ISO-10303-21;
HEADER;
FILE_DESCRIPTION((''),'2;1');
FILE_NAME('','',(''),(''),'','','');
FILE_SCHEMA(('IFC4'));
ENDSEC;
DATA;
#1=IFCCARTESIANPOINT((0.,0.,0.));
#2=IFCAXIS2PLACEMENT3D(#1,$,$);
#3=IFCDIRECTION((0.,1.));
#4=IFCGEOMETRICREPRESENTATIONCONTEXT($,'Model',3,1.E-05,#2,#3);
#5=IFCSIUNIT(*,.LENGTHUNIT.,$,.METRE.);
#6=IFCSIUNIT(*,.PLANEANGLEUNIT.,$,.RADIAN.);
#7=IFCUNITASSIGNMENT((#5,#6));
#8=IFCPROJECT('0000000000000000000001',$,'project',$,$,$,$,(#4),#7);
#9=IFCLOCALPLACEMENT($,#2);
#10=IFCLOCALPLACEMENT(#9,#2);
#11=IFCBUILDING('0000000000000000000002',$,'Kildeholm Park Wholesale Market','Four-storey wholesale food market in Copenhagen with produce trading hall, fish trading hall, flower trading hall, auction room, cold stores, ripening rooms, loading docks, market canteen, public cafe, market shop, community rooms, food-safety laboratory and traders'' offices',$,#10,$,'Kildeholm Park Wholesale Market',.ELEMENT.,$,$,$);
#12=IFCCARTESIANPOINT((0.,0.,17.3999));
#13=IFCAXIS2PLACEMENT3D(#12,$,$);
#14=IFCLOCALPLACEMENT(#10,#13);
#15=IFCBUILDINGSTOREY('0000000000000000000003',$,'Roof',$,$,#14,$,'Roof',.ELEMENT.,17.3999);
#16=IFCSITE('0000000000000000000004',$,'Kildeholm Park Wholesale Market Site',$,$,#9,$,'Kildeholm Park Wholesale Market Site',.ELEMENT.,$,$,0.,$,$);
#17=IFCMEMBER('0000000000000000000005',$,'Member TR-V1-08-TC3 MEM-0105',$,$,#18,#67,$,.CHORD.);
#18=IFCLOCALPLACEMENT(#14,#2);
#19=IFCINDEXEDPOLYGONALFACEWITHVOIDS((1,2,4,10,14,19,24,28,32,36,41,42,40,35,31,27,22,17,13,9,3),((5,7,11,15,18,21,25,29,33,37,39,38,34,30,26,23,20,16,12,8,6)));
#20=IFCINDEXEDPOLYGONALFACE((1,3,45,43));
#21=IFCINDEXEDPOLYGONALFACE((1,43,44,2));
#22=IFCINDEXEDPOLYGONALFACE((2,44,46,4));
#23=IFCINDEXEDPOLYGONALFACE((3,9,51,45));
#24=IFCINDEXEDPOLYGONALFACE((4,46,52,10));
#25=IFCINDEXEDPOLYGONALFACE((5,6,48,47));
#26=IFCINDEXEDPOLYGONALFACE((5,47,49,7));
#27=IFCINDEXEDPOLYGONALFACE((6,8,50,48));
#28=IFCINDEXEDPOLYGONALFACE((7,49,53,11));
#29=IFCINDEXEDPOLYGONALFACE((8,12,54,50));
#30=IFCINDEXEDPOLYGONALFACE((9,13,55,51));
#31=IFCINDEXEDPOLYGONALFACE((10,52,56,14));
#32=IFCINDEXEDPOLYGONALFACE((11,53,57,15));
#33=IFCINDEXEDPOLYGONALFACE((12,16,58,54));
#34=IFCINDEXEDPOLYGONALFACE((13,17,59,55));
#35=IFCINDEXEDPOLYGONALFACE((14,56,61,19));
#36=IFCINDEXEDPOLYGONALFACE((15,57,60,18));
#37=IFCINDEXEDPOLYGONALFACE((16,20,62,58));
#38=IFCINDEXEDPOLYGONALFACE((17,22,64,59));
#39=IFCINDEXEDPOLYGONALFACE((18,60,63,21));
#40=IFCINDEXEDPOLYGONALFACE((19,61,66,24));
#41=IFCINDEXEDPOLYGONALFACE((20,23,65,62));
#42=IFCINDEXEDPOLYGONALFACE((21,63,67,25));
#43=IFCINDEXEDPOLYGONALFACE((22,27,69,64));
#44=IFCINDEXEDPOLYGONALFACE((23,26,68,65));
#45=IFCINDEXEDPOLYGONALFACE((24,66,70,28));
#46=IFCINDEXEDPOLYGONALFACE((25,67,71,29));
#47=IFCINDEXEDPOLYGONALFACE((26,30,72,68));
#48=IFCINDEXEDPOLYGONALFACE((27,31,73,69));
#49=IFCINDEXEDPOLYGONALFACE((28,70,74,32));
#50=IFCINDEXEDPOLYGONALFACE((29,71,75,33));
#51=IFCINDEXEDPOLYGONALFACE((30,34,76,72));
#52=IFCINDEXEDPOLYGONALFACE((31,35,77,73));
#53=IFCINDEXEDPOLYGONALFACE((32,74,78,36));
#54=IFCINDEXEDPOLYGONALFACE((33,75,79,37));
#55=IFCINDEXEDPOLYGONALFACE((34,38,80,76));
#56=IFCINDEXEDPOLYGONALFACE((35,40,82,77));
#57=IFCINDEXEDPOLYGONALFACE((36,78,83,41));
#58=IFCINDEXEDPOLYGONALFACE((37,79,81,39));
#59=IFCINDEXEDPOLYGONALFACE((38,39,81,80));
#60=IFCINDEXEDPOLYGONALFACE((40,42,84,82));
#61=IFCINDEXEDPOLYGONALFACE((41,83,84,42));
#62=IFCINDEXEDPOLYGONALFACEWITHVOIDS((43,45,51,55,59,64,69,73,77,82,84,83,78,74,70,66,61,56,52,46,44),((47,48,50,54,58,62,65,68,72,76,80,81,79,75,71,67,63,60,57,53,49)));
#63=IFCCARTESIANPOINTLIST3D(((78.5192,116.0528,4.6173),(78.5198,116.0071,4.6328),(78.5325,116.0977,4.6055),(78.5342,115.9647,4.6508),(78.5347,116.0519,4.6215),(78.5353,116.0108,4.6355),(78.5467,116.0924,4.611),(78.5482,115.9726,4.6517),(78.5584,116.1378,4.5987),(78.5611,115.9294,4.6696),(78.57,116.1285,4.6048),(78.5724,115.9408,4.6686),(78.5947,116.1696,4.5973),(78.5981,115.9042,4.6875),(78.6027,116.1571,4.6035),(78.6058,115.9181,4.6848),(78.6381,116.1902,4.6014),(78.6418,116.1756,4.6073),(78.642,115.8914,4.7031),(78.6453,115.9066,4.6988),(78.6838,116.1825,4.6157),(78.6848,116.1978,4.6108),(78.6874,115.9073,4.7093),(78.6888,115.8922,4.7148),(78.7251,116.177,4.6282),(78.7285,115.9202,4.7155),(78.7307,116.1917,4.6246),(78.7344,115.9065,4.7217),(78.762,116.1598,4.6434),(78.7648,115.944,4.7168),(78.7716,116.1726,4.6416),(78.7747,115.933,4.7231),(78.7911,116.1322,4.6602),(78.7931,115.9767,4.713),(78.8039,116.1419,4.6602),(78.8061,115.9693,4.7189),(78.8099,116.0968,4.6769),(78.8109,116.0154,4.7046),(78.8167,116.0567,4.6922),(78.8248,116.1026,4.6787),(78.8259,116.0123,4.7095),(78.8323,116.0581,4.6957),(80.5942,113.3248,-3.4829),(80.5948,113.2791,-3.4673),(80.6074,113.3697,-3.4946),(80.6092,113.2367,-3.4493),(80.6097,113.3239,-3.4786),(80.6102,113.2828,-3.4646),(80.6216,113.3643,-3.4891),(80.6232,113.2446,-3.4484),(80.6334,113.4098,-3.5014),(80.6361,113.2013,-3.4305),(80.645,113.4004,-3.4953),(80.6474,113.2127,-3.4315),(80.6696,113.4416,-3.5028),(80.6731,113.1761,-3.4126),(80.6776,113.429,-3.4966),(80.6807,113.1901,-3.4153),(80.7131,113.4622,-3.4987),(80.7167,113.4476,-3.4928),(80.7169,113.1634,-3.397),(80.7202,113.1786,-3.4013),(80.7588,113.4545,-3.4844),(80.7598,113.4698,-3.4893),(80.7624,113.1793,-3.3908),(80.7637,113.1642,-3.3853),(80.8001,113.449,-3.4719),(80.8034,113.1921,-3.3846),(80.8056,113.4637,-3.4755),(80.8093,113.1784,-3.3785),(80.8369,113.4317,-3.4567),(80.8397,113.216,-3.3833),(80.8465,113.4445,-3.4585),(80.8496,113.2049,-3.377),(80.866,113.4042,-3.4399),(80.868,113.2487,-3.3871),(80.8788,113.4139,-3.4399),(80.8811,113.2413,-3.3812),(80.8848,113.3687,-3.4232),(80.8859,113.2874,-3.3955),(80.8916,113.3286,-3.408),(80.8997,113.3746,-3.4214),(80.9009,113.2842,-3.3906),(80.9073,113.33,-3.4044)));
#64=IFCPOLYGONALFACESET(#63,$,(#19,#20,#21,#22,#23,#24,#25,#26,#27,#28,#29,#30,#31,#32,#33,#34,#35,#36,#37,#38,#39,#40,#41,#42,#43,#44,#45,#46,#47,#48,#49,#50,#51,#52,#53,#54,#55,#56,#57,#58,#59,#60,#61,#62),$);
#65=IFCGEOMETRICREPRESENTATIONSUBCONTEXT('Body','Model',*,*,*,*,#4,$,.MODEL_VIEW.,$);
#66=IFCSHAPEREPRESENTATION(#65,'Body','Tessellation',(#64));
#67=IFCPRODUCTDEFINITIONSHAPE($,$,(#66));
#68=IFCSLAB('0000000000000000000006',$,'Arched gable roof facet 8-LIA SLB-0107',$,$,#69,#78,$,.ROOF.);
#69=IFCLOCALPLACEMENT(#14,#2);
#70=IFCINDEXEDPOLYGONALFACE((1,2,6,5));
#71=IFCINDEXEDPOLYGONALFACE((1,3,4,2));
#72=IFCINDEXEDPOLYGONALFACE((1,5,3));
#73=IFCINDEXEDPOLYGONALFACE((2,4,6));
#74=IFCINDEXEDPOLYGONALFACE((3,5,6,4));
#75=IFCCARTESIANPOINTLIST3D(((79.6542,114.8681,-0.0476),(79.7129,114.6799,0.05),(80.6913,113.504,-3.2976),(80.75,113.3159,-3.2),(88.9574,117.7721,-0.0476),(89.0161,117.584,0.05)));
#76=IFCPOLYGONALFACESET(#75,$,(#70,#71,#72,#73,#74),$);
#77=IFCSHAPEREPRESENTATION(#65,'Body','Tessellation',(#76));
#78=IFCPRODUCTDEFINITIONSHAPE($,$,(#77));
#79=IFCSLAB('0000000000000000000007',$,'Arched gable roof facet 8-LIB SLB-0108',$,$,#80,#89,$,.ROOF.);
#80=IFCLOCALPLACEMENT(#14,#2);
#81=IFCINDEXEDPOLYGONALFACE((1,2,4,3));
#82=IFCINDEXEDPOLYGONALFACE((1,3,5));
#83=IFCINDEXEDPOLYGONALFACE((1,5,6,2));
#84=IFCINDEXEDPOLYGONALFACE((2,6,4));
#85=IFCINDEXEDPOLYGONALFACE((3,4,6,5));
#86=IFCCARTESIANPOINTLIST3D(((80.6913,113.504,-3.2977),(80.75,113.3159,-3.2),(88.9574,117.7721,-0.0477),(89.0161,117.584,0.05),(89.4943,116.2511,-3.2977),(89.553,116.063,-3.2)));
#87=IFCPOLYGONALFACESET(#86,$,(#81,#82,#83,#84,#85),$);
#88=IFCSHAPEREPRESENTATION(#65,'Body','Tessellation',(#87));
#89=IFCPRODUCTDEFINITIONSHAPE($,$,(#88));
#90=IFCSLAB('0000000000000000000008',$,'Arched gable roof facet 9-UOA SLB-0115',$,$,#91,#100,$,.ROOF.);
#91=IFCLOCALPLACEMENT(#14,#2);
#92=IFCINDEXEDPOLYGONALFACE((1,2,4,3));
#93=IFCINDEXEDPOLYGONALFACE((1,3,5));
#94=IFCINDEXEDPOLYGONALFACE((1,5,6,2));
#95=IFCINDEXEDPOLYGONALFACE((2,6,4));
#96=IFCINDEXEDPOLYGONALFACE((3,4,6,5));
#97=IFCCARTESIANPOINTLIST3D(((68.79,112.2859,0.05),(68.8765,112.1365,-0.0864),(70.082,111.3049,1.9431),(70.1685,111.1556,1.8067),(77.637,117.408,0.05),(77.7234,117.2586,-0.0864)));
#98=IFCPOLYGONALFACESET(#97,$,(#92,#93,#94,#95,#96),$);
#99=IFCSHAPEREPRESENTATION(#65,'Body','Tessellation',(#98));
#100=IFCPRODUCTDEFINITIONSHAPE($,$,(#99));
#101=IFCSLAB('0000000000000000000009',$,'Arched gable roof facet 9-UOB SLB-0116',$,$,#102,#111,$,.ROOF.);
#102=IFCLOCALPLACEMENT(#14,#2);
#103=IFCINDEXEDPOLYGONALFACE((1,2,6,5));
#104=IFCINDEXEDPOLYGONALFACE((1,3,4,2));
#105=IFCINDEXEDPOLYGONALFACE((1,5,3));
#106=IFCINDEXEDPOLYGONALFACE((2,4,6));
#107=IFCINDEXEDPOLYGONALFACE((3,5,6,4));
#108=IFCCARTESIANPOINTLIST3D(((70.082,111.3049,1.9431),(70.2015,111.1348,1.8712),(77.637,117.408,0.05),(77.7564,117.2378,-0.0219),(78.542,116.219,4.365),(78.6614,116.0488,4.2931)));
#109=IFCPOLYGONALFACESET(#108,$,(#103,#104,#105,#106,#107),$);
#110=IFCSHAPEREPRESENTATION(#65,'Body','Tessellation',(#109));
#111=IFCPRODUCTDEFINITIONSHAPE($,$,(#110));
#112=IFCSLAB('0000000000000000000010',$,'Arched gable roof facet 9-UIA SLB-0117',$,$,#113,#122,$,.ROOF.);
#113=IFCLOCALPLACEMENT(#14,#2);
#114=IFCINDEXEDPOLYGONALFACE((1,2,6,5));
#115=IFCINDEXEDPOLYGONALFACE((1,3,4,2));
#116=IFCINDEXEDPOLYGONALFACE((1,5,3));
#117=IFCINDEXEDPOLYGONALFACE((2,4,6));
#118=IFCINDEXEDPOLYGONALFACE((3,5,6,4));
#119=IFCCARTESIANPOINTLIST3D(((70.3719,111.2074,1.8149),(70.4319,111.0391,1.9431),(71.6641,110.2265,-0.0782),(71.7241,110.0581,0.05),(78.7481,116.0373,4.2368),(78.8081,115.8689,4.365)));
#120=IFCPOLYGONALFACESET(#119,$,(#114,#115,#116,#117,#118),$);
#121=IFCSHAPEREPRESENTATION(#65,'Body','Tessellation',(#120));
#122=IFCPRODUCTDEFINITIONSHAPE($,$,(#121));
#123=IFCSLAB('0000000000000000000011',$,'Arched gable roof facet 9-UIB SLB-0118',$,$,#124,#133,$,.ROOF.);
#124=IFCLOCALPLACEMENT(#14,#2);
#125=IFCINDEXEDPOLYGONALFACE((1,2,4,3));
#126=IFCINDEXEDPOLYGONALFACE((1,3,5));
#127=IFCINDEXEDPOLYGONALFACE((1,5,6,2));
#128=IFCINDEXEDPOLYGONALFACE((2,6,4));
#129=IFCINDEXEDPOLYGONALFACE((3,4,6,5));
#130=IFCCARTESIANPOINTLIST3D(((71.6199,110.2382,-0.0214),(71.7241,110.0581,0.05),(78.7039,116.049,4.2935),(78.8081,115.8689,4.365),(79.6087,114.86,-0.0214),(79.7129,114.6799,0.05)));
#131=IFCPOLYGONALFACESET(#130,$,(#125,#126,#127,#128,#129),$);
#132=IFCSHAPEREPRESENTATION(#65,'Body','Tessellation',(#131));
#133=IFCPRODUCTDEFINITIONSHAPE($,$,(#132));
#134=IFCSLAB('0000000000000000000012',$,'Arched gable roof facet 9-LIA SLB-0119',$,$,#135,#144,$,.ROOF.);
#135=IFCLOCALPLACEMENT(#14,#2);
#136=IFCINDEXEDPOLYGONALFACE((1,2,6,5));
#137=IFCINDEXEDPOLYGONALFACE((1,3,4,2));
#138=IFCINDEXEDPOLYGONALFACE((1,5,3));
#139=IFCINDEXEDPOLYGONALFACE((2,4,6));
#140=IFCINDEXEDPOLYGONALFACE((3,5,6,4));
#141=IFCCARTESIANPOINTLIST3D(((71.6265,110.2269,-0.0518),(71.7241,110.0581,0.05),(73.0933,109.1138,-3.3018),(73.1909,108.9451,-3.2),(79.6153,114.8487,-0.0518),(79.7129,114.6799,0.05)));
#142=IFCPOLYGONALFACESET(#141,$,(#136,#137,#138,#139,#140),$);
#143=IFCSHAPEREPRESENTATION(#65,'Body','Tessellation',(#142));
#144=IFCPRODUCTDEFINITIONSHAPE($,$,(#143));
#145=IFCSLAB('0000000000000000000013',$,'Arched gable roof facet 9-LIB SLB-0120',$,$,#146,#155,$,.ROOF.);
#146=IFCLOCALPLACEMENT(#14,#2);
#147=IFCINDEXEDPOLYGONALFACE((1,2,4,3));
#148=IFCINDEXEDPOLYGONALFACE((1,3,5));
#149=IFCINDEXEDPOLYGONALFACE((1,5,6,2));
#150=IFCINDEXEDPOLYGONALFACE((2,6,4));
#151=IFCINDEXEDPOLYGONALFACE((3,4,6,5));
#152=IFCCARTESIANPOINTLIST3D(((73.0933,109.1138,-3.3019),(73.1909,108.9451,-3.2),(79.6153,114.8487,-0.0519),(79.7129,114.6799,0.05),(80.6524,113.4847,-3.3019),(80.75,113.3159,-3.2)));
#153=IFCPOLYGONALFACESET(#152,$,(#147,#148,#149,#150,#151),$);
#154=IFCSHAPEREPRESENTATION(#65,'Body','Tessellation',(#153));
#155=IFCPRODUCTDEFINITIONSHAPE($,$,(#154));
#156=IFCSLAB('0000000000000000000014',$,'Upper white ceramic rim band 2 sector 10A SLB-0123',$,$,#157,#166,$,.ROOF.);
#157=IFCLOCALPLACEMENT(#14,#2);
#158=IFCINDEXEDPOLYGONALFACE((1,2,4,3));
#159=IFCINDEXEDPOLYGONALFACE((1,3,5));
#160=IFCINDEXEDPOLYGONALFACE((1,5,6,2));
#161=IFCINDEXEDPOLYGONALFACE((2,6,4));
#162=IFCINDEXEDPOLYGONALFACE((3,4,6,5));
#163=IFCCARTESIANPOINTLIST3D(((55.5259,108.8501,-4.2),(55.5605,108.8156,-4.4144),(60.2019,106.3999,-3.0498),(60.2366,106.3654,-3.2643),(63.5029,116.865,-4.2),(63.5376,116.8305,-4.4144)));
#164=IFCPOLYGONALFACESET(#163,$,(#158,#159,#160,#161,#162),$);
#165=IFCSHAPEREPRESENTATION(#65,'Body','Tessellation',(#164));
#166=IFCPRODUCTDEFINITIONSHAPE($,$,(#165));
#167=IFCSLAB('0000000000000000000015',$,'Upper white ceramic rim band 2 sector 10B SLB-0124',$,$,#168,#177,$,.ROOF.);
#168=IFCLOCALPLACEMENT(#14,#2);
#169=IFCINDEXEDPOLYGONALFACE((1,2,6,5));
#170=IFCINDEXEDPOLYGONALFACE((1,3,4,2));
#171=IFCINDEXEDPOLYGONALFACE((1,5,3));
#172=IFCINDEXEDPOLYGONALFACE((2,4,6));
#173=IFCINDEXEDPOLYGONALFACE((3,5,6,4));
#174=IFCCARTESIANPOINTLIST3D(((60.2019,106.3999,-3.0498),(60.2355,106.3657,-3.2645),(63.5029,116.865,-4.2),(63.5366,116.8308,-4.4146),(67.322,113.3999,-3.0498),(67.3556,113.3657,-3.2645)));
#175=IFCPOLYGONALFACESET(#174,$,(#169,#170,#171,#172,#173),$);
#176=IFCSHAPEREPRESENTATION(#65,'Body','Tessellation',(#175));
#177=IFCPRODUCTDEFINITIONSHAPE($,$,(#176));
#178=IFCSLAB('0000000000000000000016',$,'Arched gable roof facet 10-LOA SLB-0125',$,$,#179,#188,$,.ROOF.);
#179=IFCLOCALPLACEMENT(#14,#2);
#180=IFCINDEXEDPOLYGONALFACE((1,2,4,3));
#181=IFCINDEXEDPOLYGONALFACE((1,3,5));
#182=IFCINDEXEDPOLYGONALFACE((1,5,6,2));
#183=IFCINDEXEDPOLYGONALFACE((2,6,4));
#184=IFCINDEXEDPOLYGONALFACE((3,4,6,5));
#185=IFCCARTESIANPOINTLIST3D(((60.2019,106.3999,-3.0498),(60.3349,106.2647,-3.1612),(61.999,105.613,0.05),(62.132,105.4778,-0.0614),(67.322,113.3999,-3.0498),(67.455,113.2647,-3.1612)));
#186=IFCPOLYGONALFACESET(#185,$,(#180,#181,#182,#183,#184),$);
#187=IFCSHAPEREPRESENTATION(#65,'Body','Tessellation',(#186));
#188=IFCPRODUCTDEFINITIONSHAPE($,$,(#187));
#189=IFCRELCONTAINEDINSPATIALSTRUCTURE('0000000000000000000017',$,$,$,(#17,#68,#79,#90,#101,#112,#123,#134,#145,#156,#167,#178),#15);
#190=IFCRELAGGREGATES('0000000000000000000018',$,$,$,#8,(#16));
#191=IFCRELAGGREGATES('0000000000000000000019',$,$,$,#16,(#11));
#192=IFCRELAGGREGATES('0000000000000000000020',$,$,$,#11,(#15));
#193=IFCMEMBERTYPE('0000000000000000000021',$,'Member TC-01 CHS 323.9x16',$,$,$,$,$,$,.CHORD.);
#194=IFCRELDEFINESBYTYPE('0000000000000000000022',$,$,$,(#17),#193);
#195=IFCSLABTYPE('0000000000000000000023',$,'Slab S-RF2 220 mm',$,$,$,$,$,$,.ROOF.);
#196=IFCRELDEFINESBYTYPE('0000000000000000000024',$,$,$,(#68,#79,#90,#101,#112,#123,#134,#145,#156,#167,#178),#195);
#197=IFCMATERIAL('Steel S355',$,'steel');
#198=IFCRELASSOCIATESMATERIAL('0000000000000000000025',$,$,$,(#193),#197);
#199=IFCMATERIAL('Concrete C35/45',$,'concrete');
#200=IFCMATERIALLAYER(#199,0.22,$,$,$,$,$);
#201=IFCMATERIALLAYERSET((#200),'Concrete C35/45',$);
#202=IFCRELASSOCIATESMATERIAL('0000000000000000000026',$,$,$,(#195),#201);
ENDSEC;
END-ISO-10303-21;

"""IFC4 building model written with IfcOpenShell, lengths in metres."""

from ifc_helpers import new_model, si_unit, direction, frame, origin, origin_2d, place, context, subcontext, project, spatial, polyline, hollow_circle, outline, extrude, material, layer, layer_set, material_profile, profile_set, type_object, element, save


model = new_model("IFC4")

# Units and contexts
model_context = context("Model", 3, precision=1e-05, world=origin(), true_north=direction((0.0, 1.0)))
body_context = subcontext(model_context, "Body", "Model", "MODEL_VIEW")
ifc_project = project(units=[si_unit("LENGTHUNIT", "METRE"), si_unit("PLANEANGLEUNIT", "RADIAN")], contexts=[model_context])

# Site, building, storey
site_placement = place(None, origin())
site = spatial("IfcSite", under=ifc_project, at=site_placement, Name="Kildeholm Park Wholesale Market Site", LongName="Kildeholm Park Wholesale Market Site", CompositionType="ELEMENT", RefElevation=0.0)
building_placement = place(site_placement, origin())
building = spatial("IfcBuilding", under=site, at=building_placement, Name="Kildeholm Park Wholesale Market", Description="Four-storey wholesale food market in Copenhagen with produce trading hall, fish trading hall, flower trading hall, auction room, cold stores, ripening rooms, loading docks, market canteen, public cafe, market shop, community rooms, food-safety laboratory and traders' offices", LongName="Kildeholm Park Wholesale Market", CompositionType="ELEMENT")
storey_placement = place(building_placement, frame((0.0, 0.0, 17.3999)))
storey = spatial("IfcBuildingStorey", under=building, at=storey_placement, Name="Roof", LongName="Roof", CompositionType="ELEMENT", Elevation=17.3999)

# Member
ifc_material_1 = material(Name="Steel S355", Category="steel")
ifc_material_profile_1 = material_profile(ifc_material_1, hollow_circle(Radius=0.1619, WallThickness=0.0161, at=origin_2d()), Name="CHS 323.9x16")
ifc_profile_set_1 = profile_set([ifc_material_profile_1], Name="Steel S355")
member_type_1 = type_object("IfcMemberType", Name="Member TC-01 CHS 323.9x16", PredefinedType="CHORD", material=ifc_profile_set_1)
member_1_placement = place(storey_placement, frame((78.675, 116.0439, 4.6602), z_axis=(0.235913, -0.310165, -0.920947), x_axis=(0.79593, 0.605388, 0.0)))
element("IfcMember", 1, at=member_1_placement, inside=storey, type_object=member_type_1, Name="Member TR-V1-08-TC3 MEM-0105", PredefinedType="CHORD", context=body_context, shape_type="SweptSolid", body=[
    extrude(hollow_circle(Radius=0.1619, WallThickness=0.0161, at=origin_2d()), origin(), (0.0, 0.0, 1.0), 8.7954),
])

# Slabs
ifc_material_2 = material(Name="Concrete C35/45", Category="concrete")
ifc_layer_1 = layer(ifc_material_2, 0.22)
ifc_layer_set_1 = layer_set([ifc_layer_1], Name="Concrete C35/45")
slab_type = type_object("IfcSlabType", Name="Slab S-RF2 220 mm", PredefinedType="ROOF", material=ifc_layer_set_1)
slab_1_placement = place(storey_placement, frame((89.0161, 117.584, 0.05), z_axis=(0.266973, -0.855256, 0.444142), x_axis=(-0.954574, -0.297975, 0.0)))
element("IfcSlab", 2, at=slab_1_placement, inside=storey, type_object=slab_type, Name="Arched gable roof facet 8-LIA SLB-0107", PredefinedType="ROOF", context=body_context, shape_type="SweptSolid", body=[
    extrude(outline(polyline([(0.0, 0.0), (9.7459, 0.0), (9.1624, 3.6274), (0.0, 0.0)])), origin(), (0.0, 0.0, -1.0), 0.22),
])
slab_2_placement = place(storey_placement, frame((89.0161, 117.584, 0.05), z_axis=(0.266874, -0.855197, 0.444316), x_axis=(-0.838832, -0.433117, -0.329805)))
element("IfcSlab", 3, at=slab_2_placement, inside=storey, type_object=slab_type, Name="Arched gable roof facet 8-LIB SLB-0108", PredefinedType="ROOF", context=body_context, shape_type="SweptSolid", body=[
    extrude(outline(polyline([(0.0, 0.0), (9.8543, 0.0), (1.2803, 3.3948), (0.0, 0.0)])), origin(), (0.0, 0.0, -1.0), 0.22),
])
slab_3_placement = place(storey_placement, frame((77.637, 117.408, 0.05), z_axis=(-0.393086, 0.678945, 0.620094), x_axis=(-0.865419, -0.501049, 0.0)))
element("IfcSlab", 4, at=slab_3_placement, inside=storey, type_object=slab_type, Name="Arched gable roof facet 9-UOA SLB-0115", PredefinedType="ROOF", context=body_context, shape_type="SweptSolid", body=[
    extrude(outline(polyline([(0.0, 0.0), (10.2227, 0.0), (9.5961, 2.413), (0.0, 0.0)])), origin(), (0.0, 0.0, -1.0), 0.22),
])
slab_4_placement = place(storey_placement, frame((77.637, 117.408, 0.05), z_axis=(-0.542913, 0.773505, 0.327009), x_axis=(-0.763523, -0.61679, 0.191319)))
element("IfcSlab", 5, at=slab_4_placement, inside=storey, type_object=slab_type, Name="Arched gable roof facet 9-UOB SLB-0116", PredefinedType="ROOF", context=body_context, shape_type="SweptSolid", body=[
    extrude(outline(polyline([(0.0, 0.0), (9.8948, 0.0), (0.8679, 4.4831), (0.0, 0.0)])), origin(), (0.0, 0.0, -1.0), 0.22),
])
slab_5_placement = place(storey_placement, frame((78.8081, 115.8689, 4.365), z_axis=(0.27282, -0.765409, 0.582854), x_axis=(-0.840341, -0.484551, -0.242974)))
element("IfcSlab", 6, at=slab_5_placement, inside=storey, type_object=slab_type, Name="Arched gable roof facet 9-UIA SLB-0117", PredefinedType="ROOF", context=body_context, shape_type="SweptSolid", body=[
    extrude(outline(polyline([(0.0, 0.0), (9.9676, 0.0), (9.817, 2.4886), (0.0, 0.0)])), origin(), (0.0, 0.0, -1.0), 0.22),
])
slab_6_placement = place(storey_placement, frame((78.8081, 115.8689, 4.365), z_axis=(0.473608, -0.818626, 0.324879), x_axis=(-0.699478, -0.573762, -0.426061)))
element("IfcSlab", 7, at=slab_6_placement, inside=storey, type_object=slab_type, Name="Arched gable roof facet 9-UIB SLB-0118", PredefinedType="ROOF", context=body_context, shape_type="SweptSolid", body=[
    extrude(outline(polyline([(0.0, 0.0), (10.1275, 0.0), (1.8877, 4.1578), (0.0, 0.0)])), origin(), (0.0, 0.0, -1.0), 0.22),
])
slab_7_placement = place(storey_placement, frame((79.7129, 114.6799, 0.05), z_axis=(0.443848, -0.767186, 0.463059), x_axis=(-0.865579, -0.500772, 0.0)))
element("IfcSlab", 8, at=slab_7_placement, inside=storey, type_object=slab_type, Name="Arched gable roof facet 9-LIA SLB-0119", PredefinedType="ROOF", context=body_context, shape_type="SweptSolid", body=[
    extrude(outline(polyline([(0.0, 0.0), (9.2294, 0.0), (8.5171, 3.6668), (0.0, 0.0)])), origin(), (0.0, 0.0, -1.0), 0.22),
])
slab_8_placement = place(storey_placement, frame((79.7129, 114.6799, 0.05), z_axis=(0.443554, -0.767096, 0.46349), x_axis=(-0.703334, -0.618452, -0.350482)))
element("IfcSlab", 9, at=slab_8_placement, inside=storey, type_object=slab_type, Name="Arched gable roof facet 9-LIB SLB-0120", PredefinedType="ROOF", context=body_context, shape_type="SweptSolid", body=[
    extrude(outline(polyline([(0.0, 0.0), (9.2729, 0.0), (1.2532, 3.4537), (0.0, 0.0)])), origin(), (0.0, 0.0, -1.0), 0.22),
])
slab_9_placement = place(storey_placement, frame((63.5029, 116.865, -4.2), z_axis=(-0.157611, 0.156867, 0.974962), x_axis=(-0.705432, -0.708778, 0.0)))
element("IfcSlab", 10, at=slab_9_placement, inside=storey, type_object=slab_type, Name="Upper white ceramic rim band 2 sector 10A SLB-0123", PredefinedType="ROOF", context=body_context, shape_type="SweptSolid", body=[
    extrude(outline(polyline([(0.0, 0.0), (11.308, 0.0), (9.7461, 5.1722), (0.0, 0.0)])), origin(), (0.0, 0.0, -1.0), 0.22),
])
slab_10_placement = place(storey_placement, frame((63.5029, 116.865, -4.2), z_axis=(-0.15285, 0.155473, 0.975943), x_axis=(-0.299183, -0.948485, 0.104242)))
element("IfcSlab", 11, at=slab_10_placement, inside=storey, type_object=slab_type, Name="Upper white ceramic rim band 2 sector 10B SLB-0124", PredefinedType="ROOF", context=body_context, shape_type="SweptSolid", body=[
    extrude(outline(polyline([(0.0, 0.0), (11.0335, 0.0), (2.2639, 4.7739), (0.0, 0.0)])), origin(), (0.0, 0.0, -1.0), 0.22),
])
slab_11_placement = place(storey_placement, frame((67.322, 113.3999, -3.0498), z_axis=(-0.60448, 0.614853, 0.506517), x_axis=(-0.713096, -0.701066, 0.0)))
element("IfcSlab", 12, at=slab_11_placement, inside=storey, type_object=slab_type, Name="Arched gable roof facet 10-LOA SLB-0125", PredefinedType="ROOF", context=body_context, shape_type="SweptSolid", body=[
    extrude(outline(polyline([(0.0, 0.0), (9.9848, 0.0), (9.2549, 3.5952), (0.0, 0.0)])), origin(), (0.0, 0.0, -1.0), 0.22),
])

save(model, "model.ifc")
